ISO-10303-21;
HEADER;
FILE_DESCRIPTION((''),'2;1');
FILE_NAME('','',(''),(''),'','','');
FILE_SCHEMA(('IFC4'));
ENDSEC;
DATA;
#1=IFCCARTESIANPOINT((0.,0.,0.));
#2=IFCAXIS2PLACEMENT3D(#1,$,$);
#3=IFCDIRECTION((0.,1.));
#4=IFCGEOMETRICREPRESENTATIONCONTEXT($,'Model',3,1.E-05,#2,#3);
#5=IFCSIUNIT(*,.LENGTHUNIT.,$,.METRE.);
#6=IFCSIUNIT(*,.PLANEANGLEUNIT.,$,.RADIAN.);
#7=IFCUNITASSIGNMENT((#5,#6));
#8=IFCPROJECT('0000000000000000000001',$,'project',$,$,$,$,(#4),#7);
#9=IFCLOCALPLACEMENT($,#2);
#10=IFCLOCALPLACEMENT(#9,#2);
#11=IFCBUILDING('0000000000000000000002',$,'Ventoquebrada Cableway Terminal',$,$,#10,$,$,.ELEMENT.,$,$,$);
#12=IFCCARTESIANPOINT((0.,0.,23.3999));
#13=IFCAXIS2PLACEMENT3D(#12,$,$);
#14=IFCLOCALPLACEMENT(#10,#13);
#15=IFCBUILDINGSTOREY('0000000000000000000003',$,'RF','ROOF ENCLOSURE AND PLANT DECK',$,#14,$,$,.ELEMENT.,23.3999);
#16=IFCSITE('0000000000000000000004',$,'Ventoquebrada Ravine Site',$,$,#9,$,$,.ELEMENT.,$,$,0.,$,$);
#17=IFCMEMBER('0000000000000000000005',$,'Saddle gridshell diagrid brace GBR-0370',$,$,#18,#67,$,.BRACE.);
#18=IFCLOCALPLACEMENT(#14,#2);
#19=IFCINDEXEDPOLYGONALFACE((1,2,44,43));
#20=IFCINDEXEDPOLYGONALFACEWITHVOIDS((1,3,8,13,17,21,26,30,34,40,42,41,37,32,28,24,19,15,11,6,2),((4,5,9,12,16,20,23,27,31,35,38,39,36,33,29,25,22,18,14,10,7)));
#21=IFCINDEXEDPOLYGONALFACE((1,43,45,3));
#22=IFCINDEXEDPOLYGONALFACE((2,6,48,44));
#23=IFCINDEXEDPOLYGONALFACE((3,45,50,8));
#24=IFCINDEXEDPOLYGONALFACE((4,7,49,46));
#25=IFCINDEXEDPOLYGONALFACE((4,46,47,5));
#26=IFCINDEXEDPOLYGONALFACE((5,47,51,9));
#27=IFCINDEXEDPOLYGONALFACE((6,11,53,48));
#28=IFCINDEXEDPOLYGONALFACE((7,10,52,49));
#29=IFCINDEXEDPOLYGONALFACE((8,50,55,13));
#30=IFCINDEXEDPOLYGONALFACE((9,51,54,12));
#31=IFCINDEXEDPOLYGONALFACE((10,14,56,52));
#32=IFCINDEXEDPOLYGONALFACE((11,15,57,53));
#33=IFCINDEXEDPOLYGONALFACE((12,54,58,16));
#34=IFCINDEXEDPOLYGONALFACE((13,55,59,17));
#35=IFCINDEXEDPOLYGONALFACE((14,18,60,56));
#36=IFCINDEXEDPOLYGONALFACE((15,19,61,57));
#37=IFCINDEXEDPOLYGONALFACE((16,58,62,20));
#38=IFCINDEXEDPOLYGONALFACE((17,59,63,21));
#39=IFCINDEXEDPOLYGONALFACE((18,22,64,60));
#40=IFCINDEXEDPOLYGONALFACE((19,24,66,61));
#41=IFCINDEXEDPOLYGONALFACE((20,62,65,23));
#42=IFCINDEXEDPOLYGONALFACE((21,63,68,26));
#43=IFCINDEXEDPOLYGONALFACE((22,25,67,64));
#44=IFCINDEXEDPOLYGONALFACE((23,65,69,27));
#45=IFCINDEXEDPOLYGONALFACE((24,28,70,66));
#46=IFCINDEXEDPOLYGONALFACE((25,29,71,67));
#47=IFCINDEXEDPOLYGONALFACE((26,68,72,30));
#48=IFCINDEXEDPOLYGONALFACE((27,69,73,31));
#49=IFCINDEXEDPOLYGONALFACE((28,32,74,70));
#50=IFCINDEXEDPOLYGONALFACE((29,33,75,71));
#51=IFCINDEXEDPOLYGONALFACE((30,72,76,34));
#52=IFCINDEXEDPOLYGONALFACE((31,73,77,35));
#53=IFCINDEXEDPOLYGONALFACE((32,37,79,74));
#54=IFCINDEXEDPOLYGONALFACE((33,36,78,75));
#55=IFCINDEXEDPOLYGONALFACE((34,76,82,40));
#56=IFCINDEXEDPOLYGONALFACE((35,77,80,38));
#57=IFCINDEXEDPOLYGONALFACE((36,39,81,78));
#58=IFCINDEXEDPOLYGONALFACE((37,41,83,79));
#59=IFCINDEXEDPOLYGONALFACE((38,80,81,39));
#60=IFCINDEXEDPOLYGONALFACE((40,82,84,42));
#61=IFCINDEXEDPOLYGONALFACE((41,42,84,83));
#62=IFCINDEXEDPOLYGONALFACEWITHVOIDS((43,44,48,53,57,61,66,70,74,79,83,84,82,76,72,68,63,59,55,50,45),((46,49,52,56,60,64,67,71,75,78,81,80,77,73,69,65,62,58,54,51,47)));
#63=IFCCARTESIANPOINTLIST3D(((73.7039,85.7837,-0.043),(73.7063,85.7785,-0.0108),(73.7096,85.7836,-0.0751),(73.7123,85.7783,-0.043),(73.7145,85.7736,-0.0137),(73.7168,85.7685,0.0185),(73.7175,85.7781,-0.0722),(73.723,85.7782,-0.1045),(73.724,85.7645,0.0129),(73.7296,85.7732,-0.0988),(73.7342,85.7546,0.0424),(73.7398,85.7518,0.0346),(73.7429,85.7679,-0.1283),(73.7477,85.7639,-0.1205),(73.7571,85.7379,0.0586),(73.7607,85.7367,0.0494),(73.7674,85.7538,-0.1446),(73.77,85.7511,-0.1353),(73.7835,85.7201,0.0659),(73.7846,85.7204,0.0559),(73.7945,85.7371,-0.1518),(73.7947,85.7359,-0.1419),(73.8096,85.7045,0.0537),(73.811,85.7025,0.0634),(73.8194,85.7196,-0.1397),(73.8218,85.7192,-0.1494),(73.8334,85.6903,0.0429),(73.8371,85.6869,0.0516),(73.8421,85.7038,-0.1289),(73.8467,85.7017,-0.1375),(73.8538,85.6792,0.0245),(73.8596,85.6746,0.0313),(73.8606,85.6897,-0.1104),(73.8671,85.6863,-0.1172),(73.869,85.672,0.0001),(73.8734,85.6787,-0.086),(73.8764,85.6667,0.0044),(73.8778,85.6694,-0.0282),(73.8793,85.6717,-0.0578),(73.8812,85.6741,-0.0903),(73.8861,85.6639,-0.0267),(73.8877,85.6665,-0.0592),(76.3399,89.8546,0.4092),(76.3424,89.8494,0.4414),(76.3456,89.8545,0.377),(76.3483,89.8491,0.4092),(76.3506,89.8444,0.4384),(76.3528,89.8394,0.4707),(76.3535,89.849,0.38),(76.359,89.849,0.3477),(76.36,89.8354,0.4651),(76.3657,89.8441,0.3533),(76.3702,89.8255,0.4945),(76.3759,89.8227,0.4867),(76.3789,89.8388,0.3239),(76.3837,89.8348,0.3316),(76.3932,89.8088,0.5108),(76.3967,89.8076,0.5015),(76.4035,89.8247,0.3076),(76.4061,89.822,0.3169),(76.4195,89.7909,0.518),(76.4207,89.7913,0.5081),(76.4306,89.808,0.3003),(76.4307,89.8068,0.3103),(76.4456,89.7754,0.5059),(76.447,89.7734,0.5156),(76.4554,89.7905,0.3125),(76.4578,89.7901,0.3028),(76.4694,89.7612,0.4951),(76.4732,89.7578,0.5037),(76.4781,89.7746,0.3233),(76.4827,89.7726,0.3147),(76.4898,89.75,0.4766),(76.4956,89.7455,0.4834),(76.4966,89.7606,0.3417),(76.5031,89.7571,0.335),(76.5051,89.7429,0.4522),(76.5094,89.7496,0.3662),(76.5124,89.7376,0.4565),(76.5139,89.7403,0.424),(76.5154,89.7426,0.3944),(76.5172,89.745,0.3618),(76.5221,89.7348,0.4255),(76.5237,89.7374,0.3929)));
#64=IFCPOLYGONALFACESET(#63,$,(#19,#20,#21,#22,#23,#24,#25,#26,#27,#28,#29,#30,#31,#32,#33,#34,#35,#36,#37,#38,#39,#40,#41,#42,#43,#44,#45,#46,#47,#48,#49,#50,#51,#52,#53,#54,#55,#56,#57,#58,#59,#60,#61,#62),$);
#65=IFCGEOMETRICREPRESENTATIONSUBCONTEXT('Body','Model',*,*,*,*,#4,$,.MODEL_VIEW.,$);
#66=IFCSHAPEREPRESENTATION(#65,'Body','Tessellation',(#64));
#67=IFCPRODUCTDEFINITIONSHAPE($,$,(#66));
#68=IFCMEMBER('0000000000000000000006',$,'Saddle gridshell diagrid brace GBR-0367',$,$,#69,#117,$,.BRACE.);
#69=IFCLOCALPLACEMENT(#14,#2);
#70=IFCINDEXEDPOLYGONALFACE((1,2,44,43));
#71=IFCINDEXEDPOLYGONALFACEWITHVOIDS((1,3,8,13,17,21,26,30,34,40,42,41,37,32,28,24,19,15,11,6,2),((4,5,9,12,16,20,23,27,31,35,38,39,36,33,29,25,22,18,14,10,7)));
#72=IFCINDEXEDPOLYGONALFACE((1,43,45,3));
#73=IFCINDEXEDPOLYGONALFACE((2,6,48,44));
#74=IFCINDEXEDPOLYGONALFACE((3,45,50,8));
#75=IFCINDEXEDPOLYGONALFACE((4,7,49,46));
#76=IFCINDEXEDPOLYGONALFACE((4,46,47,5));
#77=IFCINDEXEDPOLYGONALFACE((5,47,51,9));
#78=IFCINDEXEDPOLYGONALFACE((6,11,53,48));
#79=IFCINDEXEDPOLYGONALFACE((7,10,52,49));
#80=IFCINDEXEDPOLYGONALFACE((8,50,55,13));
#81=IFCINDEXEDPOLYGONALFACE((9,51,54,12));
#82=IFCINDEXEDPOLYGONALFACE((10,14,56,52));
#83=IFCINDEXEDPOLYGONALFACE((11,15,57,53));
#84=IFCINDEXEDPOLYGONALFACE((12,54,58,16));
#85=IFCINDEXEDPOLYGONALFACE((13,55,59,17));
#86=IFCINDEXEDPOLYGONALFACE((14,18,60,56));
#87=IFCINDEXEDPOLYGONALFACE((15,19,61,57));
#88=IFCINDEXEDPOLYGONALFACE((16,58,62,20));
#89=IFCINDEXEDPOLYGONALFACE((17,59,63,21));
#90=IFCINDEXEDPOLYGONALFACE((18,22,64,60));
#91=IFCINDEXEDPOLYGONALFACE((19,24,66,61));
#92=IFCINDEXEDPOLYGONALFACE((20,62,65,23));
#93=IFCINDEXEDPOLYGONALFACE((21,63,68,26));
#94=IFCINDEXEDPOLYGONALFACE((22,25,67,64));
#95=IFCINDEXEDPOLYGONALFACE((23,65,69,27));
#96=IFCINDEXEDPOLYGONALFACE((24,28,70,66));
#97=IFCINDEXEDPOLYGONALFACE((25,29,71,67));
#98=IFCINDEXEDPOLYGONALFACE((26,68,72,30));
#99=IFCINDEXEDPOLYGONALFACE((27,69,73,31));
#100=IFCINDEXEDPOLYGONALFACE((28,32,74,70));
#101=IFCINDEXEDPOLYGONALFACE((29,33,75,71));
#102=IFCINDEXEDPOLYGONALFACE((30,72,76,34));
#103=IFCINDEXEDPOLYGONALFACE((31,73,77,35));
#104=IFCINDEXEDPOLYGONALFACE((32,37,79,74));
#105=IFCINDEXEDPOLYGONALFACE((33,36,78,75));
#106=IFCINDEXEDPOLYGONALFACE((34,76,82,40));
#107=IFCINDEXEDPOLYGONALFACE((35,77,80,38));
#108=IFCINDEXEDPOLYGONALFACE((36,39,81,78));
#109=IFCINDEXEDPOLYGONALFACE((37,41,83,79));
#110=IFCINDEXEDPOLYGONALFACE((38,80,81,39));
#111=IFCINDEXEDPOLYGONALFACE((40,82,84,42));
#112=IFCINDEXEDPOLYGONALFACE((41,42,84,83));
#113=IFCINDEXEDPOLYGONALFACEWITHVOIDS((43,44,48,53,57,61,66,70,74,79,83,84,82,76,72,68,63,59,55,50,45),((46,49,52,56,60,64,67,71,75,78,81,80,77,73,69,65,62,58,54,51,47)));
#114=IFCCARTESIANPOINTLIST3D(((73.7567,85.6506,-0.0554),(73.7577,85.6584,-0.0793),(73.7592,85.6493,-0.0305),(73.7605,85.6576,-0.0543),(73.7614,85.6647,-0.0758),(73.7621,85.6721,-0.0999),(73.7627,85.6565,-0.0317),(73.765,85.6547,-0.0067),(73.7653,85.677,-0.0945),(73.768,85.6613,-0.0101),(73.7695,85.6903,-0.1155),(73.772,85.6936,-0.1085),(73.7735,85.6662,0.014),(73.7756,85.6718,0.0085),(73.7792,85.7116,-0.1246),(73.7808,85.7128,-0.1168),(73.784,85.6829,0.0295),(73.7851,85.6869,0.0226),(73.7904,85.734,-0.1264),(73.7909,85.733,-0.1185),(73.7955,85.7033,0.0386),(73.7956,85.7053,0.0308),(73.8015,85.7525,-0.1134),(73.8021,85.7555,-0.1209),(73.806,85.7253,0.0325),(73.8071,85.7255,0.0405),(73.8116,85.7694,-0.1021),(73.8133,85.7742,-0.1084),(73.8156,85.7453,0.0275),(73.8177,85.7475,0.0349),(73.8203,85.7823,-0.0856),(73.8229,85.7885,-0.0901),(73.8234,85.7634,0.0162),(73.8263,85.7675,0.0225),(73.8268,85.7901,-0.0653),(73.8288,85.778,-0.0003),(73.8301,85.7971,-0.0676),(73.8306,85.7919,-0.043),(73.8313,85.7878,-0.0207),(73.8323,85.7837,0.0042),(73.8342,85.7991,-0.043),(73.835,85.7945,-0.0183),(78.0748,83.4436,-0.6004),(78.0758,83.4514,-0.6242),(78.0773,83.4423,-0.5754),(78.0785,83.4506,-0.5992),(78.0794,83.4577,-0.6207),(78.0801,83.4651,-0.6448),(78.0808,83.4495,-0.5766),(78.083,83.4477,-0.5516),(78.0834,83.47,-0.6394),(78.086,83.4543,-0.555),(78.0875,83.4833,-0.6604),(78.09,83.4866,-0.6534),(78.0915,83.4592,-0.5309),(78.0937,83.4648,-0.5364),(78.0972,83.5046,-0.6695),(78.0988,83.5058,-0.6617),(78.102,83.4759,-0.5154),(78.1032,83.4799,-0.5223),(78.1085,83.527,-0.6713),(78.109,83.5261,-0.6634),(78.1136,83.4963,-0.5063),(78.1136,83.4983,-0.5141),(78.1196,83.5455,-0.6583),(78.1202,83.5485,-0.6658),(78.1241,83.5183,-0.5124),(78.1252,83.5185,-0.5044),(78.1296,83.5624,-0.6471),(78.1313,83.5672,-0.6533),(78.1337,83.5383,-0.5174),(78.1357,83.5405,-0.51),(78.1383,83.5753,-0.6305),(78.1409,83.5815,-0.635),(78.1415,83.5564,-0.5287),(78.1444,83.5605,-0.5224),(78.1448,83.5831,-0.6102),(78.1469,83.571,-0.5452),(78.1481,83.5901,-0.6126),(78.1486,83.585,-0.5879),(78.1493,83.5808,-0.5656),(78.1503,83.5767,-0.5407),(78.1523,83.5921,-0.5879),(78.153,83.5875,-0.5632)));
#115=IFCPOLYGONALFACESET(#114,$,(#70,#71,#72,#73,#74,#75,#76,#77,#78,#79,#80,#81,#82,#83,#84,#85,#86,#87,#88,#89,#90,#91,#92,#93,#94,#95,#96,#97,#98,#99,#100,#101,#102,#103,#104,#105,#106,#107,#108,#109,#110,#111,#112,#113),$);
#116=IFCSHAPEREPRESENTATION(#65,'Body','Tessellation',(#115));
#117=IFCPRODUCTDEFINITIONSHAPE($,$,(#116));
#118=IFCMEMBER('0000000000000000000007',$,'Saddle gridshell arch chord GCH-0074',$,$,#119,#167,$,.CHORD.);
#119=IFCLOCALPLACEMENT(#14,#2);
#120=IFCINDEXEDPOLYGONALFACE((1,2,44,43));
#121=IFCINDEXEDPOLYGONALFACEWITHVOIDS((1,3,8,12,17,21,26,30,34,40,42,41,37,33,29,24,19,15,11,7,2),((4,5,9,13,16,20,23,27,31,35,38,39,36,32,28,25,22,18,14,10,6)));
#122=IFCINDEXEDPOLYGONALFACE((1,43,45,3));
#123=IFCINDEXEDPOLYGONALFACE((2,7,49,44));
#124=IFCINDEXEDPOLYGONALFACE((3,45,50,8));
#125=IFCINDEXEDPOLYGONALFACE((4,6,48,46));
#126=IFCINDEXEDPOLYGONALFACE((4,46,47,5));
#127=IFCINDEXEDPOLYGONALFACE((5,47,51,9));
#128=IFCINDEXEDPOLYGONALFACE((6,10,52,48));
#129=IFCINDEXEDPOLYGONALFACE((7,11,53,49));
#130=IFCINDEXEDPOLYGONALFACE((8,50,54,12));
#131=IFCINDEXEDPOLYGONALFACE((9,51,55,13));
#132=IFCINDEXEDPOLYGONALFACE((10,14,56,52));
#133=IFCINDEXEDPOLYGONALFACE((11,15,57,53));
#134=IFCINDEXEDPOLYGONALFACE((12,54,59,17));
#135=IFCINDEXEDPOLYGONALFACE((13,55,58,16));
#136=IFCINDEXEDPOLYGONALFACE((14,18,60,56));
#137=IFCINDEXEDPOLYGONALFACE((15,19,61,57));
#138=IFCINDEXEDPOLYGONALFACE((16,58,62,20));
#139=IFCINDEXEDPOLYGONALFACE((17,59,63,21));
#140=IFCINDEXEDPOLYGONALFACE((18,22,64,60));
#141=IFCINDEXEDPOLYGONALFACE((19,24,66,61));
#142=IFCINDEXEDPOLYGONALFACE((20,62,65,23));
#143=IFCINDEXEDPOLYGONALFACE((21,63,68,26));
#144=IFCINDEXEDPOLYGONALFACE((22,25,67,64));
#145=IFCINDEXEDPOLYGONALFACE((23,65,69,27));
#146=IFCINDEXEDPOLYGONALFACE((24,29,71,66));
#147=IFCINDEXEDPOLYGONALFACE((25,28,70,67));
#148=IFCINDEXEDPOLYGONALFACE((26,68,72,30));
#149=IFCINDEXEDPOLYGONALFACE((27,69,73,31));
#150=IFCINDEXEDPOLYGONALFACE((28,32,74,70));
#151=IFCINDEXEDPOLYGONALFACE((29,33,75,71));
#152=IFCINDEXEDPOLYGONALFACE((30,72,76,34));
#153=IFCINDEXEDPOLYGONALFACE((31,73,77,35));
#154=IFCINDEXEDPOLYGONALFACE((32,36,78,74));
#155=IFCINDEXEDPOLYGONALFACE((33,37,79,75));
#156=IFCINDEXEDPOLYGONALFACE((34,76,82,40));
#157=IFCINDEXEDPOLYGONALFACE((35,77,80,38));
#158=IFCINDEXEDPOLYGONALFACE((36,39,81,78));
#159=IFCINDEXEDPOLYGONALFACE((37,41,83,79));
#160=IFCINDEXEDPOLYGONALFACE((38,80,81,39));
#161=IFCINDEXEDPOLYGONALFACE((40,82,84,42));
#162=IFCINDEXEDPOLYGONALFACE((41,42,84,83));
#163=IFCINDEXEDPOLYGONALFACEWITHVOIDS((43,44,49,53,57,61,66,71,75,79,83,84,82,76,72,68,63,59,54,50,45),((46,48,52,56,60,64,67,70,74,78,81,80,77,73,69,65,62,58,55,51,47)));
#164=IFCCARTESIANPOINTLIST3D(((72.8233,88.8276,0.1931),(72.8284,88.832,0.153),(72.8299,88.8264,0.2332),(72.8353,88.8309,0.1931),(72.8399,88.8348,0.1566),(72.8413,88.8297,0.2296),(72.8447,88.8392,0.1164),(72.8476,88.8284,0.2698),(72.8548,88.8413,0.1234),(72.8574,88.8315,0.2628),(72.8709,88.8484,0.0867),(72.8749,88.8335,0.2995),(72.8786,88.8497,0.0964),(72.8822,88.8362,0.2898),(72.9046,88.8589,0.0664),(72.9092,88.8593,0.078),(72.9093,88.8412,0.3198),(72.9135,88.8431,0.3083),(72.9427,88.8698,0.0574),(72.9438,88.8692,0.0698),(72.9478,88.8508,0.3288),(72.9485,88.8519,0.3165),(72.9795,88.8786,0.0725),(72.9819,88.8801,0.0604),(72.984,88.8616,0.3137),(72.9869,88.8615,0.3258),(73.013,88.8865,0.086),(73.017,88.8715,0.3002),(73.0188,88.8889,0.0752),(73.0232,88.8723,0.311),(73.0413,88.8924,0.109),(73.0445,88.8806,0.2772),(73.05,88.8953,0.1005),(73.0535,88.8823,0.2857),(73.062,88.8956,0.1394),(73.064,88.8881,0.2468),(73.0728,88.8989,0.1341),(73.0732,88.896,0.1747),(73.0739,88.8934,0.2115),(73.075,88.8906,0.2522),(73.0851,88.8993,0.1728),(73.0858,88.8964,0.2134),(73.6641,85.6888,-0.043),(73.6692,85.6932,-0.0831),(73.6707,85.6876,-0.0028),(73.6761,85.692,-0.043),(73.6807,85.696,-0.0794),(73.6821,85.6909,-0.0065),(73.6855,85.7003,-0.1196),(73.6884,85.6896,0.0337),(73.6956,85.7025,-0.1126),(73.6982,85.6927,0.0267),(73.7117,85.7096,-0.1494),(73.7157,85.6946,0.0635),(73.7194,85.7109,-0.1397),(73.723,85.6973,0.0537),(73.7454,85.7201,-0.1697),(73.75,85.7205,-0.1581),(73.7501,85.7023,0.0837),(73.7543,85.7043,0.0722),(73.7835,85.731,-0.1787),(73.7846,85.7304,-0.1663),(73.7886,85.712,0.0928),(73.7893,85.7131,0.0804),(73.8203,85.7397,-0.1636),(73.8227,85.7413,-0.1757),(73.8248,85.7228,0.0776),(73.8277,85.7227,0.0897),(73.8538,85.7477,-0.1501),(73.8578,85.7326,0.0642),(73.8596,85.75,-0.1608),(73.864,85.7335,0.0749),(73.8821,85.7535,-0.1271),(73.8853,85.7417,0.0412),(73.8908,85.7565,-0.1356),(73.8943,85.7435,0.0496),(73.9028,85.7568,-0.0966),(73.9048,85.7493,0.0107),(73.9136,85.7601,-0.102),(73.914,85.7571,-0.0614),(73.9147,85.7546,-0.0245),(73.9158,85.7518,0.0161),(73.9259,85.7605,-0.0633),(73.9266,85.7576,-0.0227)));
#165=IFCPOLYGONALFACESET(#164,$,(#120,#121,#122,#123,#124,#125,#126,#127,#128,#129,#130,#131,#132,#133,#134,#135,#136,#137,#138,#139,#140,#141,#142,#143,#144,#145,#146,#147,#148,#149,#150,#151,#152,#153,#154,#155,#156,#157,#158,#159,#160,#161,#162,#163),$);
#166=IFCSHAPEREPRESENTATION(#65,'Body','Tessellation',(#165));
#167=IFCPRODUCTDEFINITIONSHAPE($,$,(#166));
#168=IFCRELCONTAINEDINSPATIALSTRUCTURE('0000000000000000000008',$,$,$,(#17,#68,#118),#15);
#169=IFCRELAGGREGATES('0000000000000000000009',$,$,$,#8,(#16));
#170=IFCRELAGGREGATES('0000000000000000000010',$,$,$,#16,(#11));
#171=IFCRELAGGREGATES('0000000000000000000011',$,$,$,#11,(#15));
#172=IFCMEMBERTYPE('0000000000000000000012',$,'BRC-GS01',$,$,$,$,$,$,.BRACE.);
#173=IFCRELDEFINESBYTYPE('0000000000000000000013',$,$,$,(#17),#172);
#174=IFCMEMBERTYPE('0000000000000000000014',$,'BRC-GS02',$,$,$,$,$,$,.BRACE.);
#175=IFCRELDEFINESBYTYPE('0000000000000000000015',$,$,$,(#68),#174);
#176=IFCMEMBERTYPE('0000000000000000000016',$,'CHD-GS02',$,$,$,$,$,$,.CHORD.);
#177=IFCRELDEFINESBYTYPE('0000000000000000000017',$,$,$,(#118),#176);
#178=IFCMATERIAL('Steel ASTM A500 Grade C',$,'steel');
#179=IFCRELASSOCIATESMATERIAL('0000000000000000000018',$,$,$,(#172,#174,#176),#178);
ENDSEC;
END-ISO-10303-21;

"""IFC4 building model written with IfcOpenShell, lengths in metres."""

from ifc_helpers import new_model, si_unit, direction, frame, origin, origin_2d, place, context, subcontext, project, spatial, hollow_circle, extrude, material, material_profile, profile_set, type_object, element, save


model = new_model("IFC4")

# Units and contexts
model_context = context("Model", 3, precision=1e-05, world=origin(), true_north=direction((0.0, 1.0)))
body_context = subcontext(model_context, "Body", "Model", "MODEL_VIEW")
ifc_project = project(units=[si_unit("LENGTHUNIT", "METRE"), si_unit("PLANEANGLEUNIT", "RADIAN")], contexts=[model_context])

# Site, building, storey
site_placement = place(None, origin())
site = spatial("IfcSite", under=ifc_project, at=site_placement, Name="Ventoquebrada Ravine Site", CompositionType="ELEMENT", RefElevation=0.0)
building_placement = place(site_placement, origin())
building = spatial("IfcBuilding", under=site, at=building_placement, Name="Ventoquebrada Cableway Terminal", CompositionType="ELEMENT")
storey_placement = place(building_placement, frame((0.0, 0.0, 23.3999)))
storey = spatial("IfcBuildingStorey", under=building, at=storey_placement, Name="RF", Description="ROOF ENCLOSURE AND PLANT DECK", CompositionType="ELEMENT", Elevation=23.3999)

# Members
ifc_material_1 = material(Name="Steel ASTM A500 Grade C", Category="steel")
ifc_material_profile_1 = material_profile(ifc_material_1, hollow_circle(Radius=0.1096, WallThickness=0.01, at=origin_2d()), Name="CHS219.1X10")
ifc_profile_set_1 = profile_set([ifc_material_profile_1], Name="Steel ASTM A500 Grade C")
member_type_1 = type_object("IfcMemberType", Name="BRC-GS01", PredefinedType="BRACE", material=ifc_profile_set_1)
member_1_placement = place(storey_placement, frame((73.7959, 85.7241, -0.043), z_axis=(0.541186, 0.835763, 0.092829), x_axis=(-0.839388, 0.543533, 0.0)))
element("IfcMember", 1, at=member_1_placement, inside=storey, type_object=member_type_1, Name="Saddle gridshell diagrid brace GBR-0370", PredefinedType="BRACE", context=body_context, shape_type="SweptSolid", body=[
    extrude(hollow_circle(Radius=0.1096, WallThickness=0.01, at=origin_2d()), origin(), (0.0, 0.0, 1.0), 4.8708),
])
ifc_material_profile_2 = material_profile(ifc_material_1, hollow_circle(Radius=0.0842, WallThickness=0.0081, at=origin_2d()), Name="CHS168.3X8")
ifc_profile_set_2 = profile_set([ifc_material_profile_2], Name="Steel ASTM A500 Grade C")
member_type_2 = type_object("IfcMemberType", Name="BRC-GS02", PredefinedType="BRACE", material=ifc_profile_set_2)
member_2_placement = place(storey_placement, frame((73.7959, 85.7241, -0.043), z_axis=(0.884866, -0.452264, -0.111665), x_axis=(0.45511, 0.890435, 0.0)))
element("IfcMember", 2, at=member_2_placement, inside=storey, type_object=member_type_2, Name="Saddle gridshell diagrid brace GBR-0367", PredefinedType="BRACE", context=body_context, shape_type="SweptSolid", body=[
    extrude(hollow_circle(Radius=0.0842, WallThickness=0.0081, at=origin_2d()), origin(), (0.0, 0.0, 1.0), 4.8799),
])
ifc_material_profile_3 = material_profile(ifc_material_1, hollow_circle(Radius=0.1365, WallThickness=0.0125, at=origin_2d()), Name="CHS273.0X12.5")
ifc_profile_set_3 = profile_set([ifc_material_profile_3], Name="Steel ASTM A500 Grade C")
member_type_3 = type_object("IfcMemberType", Name="CHD-GS02", PredefinedType="CHORD", material=ifc_profile_set_3)
member_3_placement = place(storey_placement, frame((73.7959, 85.7241, -0.043), z_axis=(-0.258067, 0.963406, 0.07246), x_axis=(-0.965945, -0.258747, 0.0)))
element("IfcMember", 3, at=member_3_placement, inside=storey, type_object=member_type_3, Name="Saddle gridshell arch chord GCH-0074", PredefinedType="CHORD", context=body_context, shape_type="SweptSolid", body=[
    extrude(hollow_circle(Radius=0.1365, WallThickness=0.0125, at=origin_2d()), origin(), (0.0, 0.0, 1.0), 3.2581),
])

save(model, "model.ifc")
